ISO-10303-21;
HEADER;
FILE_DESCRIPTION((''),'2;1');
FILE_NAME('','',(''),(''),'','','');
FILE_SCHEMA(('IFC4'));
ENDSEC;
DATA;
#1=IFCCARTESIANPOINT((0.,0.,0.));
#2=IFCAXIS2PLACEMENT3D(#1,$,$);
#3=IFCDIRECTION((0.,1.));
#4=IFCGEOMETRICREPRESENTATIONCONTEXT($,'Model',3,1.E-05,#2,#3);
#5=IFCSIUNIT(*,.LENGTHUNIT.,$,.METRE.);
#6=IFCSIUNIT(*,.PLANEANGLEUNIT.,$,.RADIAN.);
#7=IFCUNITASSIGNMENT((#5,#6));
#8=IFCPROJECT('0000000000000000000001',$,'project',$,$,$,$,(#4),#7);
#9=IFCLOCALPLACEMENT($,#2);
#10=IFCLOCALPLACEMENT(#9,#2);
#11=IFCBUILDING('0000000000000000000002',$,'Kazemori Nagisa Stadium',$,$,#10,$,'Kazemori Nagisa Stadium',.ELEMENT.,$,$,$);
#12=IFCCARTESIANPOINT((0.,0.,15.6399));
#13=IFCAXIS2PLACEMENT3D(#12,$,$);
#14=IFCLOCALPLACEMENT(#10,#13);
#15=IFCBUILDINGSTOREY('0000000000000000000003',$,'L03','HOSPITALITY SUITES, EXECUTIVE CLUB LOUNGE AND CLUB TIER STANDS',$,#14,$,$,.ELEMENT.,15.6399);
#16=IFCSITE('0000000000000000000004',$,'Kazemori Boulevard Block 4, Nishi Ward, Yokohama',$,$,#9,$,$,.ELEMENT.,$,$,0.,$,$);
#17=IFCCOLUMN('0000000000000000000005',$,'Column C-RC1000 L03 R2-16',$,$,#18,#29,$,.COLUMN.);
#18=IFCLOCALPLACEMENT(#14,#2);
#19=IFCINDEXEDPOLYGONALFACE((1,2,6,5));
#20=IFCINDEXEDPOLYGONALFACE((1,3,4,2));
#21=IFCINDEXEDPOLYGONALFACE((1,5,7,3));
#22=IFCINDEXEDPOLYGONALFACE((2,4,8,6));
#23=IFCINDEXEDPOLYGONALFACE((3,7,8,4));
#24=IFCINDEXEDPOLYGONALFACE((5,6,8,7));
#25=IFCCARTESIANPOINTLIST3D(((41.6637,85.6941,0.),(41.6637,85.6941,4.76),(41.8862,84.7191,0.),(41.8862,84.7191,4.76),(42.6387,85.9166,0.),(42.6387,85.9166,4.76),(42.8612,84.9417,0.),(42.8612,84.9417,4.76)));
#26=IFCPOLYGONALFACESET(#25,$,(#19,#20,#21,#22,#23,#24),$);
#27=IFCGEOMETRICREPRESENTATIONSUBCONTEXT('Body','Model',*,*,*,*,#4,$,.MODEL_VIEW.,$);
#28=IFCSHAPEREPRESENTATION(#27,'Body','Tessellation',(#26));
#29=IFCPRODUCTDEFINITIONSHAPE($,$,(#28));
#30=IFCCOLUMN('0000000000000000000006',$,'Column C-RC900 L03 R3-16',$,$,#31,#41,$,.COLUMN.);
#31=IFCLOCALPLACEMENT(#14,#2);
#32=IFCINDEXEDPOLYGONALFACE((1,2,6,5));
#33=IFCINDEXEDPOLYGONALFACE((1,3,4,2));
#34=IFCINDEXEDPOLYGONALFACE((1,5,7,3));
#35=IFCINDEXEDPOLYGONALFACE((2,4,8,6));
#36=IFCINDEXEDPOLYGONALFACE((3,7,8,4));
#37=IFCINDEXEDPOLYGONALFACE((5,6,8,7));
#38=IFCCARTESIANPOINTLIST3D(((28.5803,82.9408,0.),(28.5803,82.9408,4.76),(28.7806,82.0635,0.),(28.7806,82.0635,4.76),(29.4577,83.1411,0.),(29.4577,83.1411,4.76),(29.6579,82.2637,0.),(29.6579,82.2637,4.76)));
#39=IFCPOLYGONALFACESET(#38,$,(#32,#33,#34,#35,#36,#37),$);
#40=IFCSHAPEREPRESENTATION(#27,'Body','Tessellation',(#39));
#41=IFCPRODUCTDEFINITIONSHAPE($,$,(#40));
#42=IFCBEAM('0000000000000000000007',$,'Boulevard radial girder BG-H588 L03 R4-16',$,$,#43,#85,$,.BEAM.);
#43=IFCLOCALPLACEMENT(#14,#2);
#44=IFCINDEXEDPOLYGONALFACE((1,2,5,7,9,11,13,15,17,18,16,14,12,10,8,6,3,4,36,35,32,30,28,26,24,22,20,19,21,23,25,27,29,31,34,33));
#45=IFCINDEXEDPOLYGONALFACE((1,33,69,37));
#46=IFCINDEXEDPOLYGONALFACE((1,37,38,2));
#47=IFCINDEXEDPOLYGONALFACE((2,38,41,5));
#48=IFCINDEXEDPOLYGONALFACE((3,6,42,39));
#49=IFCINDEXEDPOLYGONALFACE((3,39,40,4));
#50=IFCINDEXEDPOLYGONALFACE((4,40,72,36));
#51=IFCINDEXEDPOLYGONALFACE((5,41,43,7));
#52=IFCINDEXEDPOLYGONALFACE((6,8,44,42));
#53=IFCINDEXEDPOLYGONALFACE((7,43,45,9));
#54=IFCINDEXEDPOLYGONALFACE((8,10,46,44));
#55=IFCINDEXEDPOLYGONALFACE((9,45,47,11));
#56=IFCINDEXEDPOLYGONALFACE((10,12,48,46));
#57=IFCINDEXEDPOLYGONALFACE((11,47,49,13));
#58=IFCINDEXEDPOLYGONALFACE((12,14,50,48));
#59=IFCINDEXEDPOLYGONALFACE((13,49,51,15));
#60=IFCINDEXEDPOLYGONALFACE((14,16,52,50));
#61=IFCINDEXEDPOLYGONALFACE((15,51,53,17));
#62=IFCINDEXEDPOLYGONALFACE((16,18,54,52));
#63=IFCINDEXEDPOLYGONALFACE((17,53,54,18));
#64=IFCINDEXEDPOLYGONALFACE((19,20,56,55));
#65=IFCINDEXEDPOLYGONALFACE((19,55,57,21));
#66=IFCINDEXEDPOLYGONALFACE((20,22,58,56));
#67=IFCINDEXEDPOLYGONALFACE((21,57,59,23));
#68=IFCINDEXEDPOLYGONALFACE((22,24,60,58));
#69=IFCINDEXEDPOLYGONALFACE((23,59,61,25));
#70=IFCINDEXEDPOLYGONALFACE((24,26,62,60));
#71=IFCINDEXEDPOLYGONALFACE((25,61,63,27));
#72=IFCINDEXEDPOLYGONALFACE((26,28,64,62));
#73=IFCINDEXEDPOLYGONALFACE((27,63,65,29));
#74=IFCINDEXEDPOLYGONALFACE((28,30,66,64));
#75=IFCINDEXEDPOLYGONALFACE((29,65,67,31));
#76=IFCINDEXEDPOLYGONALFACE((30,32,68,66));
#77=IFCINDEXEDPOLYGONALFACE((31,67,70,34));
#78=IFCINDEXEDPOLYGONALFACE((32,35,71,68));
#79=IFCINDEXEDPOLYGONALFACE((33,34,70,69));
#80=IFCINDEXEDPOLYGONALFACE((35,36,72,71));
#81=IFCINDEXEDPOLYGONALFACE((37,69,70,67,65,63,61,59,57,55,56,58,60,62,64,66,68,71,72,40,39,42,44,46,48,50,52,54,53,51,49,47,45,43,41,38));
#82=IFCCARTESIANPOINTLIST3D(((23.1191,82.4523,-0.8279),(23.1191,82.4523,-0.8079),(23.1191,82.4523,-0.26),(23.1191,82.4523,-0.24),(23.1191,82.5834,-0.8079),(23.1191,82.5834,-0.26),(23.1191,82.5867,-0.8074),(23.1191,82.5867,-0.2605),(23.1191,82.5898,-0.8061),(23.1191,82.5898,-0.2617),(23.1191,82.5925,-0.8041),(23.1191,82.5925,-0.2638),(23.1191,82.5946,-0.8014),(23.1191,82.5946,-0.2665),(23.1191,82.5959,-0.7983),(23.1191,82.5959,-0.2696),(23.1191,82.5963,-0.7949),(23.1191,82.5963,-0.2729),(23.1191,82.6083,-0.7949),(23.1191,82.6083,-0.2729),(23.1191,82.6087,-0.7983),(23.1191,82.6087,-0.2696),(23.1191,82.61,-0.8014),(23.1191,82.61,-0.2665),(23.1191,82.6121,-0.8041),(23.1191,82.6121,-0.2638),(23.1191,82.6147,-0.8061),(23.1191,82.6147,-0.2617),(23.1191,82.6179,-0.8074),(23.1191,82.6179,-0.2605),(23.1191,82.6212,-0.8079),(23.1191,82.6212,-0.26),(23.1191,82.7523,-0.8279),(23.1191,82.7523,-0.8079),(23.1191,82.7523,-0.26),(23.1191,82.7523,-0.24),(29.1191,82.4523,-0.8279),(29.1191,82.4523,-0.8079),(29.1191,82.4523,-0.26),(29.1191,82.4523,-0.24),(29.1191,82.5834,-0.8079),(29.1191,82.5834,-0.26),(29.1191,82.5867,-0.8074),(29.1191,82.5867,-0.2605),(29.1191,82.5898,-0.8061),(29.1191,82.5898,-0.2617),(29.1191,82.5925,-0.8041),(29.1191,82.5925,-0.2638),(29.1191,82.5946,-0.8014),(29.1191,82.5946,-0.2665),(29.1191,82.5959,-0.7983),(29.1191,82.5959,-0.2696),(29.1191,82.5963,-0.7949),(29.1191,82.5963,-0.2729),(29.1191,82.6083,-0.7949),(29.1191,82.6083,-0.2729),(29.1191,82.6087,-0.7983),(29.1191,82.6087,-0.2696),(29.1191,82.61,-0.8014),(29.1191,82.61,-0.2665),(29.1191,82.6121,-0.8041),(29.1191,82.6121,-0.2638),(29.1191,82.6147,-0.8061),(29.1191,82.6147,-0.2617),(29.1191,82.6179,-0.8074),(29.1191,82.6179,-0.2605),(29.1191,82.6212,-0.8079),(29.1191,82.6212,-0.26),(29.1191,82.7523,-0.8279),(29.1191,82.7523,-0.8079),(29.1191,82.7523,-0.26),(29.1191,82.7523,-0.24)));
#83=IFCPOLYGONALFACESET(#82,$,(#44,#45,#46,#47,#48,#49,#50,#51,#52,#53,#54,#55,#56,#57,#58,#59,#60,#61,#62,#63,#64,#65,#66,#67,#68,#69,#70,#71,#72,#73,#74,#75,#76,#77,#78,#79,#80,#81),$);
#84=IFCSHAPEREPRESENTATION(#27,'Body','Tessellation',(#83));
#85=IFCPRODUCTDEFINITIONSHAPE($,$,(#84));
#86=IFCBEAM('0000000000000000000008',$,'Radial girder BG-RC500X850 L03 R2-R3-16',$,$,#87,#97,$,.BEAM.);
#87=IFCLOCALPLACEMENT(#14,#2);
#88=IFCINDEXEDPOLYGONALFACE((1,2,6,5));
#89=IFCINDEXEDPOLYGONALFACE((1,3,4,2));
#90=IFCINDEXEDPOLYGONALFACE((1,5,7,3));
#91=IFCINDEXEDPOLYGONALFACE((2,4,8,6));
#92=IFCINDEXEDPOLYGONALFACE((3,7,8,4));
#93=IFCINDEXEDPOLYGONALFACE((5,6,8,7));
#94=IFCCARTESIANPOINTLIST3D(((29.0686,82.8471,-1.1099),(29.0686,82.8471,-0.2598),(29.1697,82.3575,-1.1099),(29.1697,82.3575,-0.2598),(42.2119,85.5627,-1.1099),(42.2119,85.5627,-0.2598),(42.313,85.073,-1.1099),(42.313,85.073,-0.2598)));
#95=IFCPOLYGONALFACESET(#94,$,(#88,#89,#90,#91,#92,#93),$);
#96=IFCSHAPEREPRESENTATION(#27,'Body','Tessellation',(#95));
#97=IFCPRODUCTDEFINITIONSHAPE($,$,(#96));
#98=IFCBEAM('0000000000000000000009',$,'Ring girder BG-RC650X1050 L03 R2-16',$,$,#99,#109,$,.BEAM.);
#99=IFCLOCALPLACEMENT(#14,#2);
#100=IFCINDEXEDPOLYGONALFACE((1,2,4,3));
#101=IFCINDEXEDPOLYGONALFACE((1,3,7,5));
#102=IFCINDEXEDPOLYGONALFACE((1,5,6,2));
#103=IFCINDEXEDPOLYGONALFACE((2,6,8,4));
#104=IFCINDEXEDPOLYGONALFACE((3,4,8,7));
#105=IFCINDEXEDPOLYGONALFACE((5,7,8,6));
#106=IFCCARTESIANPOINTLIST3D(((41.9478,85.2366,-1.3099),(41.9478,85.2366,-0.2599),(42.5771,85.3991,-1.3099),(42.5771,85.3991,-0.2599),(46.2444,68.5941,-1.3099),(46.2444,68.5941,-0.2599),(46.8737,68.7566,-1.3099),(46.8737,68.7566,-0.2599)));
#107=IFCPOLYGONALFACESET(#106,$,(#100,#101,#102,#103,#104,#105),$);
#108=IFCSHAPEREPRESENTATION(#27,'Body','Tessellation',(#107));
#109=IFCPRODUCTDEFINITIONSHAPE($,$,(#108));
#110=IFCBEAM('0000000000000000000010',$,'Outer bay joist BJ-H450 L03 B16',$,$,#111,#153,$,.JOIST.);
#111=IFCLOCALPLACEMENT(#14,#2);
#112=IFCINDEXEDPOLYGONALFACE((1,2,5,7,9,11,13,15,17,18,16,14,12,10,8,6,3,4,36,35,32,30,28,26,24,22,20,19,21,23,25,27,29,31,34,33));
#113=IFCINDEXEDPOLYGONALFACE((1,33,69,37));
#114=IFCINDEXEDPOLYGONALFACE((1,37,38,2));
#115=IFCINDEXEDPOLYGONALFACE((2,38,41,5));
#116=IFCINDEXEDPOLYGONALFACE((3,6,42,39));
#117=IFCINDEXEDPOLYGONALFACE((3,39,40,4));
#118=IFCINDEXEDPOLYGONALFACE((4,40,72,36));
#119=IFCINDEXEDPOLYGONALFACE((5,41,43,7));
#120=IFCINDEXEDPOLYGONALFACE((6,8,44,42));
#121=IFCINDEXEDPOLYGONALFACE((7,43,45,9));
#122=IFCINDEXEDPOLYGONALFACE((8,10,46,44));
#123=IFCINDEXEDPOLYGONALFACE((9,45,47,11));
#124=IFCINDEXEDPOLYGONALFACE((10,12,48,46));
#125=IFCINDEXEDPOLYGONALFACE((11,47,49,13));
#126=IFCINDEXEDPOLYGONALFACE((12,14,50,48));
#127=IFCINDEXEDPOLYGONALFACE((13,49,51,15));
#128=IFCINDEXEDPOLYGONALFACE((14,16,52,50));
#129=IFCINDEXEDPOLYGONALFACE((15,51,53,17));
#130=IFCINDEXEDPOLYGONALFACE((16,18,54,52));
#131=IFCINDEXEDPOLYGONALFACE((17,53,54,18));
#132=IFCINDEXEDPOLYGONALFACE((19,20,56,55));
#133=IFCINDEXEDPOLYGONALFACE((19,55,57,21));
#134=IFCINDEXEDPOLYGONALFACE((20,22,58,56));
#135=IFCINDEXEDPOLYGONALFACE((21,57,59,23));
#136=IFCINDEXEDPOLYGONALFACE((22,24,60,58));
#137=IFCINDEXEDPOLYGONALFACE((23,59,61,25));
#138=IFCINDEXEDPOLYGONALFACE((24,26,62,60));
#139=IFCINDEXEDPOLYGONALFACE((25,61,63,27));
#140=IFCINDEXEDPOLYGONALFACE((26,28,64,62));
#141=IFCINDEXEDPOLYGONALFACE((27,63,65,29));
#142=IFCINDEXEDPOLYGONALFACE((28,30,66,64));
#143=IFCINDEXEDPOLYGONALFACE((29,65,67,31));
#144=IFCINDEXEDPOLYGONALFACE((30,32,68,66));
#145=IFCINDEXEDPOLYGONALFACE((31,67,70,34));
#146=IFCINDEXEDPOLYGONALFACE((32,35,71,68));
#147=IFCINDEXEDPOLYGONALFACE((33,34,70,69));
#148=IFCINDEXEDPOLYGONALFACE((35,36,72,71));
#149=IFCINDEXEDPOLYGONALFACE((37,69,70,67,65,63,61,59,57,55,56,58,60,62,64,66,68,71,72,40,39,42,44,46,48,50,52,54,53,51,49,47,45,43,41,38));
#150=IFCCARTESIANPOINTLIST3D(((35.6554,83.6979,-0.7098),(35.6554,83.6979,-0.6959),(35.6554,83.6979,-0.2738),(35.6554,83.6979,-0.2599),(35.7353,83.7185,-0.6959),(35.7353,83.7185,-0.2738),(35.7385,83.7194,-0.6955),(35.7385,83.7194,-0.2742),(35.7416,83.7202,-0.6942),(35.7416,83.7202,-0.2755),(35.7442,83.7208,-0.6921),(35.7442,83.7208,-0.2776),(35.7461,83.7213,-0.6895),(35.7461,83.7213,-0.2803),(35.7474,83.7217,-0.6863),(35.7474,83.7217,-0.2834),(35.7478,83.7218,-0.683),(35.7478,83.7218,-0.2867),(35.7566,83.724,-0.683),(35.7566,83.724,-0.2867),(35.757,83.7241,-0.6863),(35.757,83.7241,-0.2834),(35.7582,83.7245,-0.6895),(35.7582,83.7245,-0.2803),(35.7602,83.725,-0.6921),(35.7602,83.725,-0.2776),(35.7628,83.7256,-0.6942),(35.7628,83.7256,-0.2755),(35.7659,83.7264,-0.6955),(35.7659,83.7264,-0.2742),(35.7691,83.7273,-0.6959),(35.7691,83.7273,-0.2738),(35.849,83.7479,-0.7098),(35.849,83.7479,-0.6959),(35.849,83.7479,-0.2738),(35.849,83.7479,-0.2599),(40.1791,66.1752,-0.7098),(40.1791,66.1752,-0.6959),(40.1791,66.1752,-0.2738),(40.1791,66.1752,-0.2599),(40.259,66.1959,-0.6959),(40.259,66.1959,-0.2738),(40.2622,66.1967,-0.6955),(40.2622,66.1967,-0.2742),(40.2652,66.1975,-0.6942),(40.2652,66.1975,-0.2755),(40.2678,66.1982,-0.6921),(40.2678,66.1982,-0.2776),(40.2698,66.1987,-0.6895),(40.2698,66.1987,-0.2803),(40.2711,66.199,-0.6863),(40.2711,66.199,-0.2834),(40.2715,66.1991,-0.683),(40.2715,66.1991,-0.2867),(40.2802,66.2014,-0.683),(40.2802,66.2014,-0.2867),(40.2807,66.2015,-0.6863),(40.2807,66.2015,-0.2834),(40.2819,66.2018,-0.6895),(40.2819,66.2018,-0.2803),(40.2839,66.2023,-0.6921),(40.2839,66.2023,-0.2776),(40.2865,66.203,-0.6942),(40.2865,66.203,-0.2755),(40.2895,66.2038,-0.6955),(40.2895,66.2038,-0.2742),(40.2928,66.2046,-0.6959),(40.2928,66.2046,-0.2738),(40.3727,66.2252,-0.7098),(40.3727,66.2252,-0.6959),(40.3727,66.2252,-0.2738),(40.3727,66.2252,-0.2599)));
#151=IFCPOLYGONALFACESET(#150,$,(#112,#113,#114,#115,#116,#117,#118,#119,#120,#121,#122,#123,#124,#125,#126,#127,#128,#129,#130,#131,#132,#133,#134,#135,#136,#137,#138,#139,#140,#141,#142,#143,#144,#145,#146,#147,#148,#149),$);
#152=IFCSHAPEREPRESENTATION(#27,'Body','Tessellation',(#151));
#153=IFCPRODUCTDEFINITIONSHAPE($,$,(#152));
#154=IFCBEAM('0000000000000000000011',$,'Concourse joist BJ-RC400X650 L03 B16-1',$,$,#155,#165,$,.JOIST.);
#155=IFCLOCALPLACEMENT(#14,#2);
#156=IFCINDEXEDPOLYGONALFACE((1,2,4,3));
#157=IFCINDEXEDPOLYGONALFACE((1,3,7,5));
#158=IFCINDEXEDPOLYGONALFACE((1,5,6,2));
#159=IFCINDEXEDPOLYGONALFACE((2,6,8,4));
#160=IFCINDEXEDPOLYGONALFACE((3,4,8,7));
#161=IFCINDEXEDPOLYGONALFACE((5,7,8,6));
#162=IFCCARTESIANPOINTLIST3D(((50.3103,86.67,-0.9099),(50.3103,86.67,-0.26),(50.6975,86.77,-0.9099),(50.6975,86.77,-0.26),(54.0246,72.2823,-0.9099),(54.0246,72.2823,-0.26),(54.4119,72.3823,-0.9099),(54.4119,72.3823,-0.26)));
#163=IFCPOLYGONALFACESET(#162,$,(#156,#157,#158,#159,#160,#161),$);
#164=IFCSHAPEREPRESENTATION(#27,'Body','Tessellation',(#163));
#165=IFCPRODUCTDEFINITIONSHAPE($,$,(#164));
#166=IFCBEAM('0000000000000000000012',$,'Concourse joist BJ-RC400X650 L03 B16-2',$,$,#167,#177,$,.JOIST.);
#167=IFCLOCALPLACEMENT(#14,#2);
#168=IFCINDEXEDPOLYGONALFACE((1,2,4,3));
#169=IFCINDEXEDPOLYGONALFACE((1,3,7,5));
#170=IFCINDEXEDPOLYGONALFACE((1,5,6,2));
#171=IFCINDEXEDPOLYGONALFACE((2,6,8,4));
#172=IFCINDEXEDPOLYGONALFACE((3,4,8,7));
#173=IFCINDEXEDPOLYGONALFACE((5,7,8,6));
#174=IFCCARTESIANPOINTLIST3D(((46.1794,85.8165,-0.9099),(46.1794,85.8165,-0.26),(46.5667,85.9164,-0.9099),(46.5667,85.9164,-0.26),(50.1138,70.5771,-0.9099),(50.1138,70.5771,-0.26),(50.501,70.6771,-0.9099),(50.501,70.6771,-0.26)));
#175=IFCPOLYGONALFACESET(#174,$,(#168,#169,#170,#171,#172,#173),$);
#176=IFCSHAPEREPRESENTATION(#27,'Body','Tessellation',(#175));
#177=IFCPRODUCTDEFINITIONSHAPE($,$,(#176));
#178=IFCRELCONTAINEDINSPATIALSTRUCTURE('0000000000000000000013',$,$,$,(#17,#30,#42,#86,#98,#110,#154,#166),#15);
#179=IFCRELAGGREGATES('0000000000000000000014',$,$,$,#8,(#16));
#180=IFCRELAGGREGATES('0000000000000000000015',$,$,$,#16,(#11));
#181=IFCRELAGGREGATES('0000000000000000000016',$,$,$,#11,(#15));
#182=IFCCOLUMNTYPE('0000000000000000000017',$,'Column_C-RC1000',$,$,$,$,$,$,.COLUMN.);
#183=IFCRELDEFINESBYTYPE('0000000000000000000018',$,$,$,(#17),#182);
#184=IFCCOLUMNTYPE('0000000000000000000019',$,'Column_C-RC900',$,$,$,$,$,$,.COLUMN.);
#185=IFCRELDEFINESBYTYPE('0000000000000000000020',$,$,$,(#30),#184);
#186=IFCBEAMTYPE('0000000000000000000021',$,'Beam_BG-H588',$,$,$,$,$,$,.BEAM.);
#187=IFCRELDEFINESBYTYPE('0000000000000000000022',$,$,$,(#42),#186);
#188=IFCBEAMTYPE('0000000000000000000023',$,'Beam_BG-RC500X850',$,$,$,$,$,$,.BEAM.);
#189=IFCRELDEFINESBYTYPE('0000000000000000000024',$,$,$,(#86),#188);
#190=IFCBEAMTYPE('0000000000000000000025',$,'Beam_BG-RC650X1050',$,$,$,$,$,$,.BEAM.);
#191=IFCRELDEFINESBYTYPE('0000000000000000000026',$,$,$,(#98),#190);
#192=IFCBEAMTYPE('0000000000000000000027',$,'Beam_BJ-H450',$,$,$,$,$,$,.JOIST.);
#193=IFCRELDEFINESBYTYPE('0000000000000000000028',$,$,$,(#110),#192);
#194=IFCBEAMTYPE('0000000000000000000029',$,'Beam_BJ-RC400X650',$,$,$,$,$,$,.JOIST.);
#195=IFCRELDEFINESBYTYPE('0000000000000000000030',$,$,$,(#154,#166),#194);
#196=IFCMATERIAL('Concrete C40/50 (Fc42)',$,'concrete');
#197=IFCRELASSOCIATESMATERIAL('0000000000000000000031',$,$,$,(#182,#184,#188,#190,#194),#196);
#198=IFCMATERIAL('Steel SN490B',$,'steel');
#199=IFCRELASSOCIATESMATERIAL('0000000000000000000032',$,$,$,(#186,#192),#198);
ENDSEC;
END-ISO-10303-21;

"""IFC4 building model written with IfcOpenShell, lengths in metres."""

from ifc_helpers import new_model, si_unit, direction, frame, origin, origin_2d, place, context, subcontext, project, spatial, rectangle, i_section, extrude, material, material_profile, profile_set, type_object, element, save


model = new_model("IFC4")

# Units and contexts
model_context = context("Model", 3, precision=1e-05, world=origin(), true_north=direction((0.0, 1.0)))
body_context = subcontext(model_context, "Body", "Model", "MODEL_VIEW")
ifc_project = project(units=[si_unit("LENGTHUNIT", "METRE"), si_unit("PLANEANGLEUNIT", "RADIAN")], contexts=[model_context])

# Site, building, storey
site_placement = place(None, origin())
site = spatial("IfcSite", under=ifc_project, at=site_placement, Name="Kazemori Boulevard Block 4, Nishi Ward, Yokohama", CompositionType="ELEMENT", RefElevation=0.0)
building_placement = place(site_placement, origin())
building = spatial("IfcBuilding", under=site, at=building_placement, Name="Kazemori Nagisa Stadium", LongName="Kazemori Nagisa Stadium", CompositionType="ELEMENT")
storey_placement = place(building_placement, frame((0.0, 0.0, 15.6399)))
storey = spatial("IfcBuildingStorey", under=building, at=storey_placement, Name="L03", Description="HOSPITALITY SUITES, EXECUTIVE CLUB LOUNGE AND CLUB TIER STANDS", CompositionType="ELEMENT", Elevation=15.6399)

# Columns
ifc_material_1 = material(Name="Concrete C40/50 (Fc42)", Category="concrete")
ifc_material_profile_1 = material_profile(ifc_material_1, rectangle(XDim=1.0, YDim=1.0, at=origin_2d()), Name="RC-COL-1000x1000")
ifc_profile_set_1 = profile_set([ifc_material_profile_1], Name="Concrete C40/50 (Fc42)")
column_type_1 = type_object("IfcColumnType", Name="Column_C-RC1000", PredefinedType="COLUMN", material=ifc_profile_set_1)
column_1_placement = place(storey_placement, frame((42.2625, 85.3179, 0.0), z_axis=(0.0, 0.0, 1.0), x_axis=(-0.974928, -0.222521, 0.0)))
element("IfcColumn", 1, at=column_1_placement, inside=storey, type_object=column_type_1, Name="Column C-RC1000 L03 R2-16", PredefinedType="COLUMN", context=body_context, shape_type="SweptSolid", body=[
    extrude(rectangle(XDim=1.0, YDim=1.0, at=origin_2d()), origin(), (0.0, 0.0, 1.0), 4.76),
])
ifc_material_profile_2 = material_profile(ifc_material_1, rectangle(XDim=0.8999, YDim=0.8999, at=origin_2d()), Name="RC-COL-900x900")
ifc_profile_set_2 = profile_set([ifc_material_profile_2], Name="Concrete C40/50 (Fc42)")
column_type_2 = type_object("IfcColumnType", Name="Column_C-RC900", PredefinedType="COLUMN", material=ifc_profile_set_2)
column_2_placement = place(storey_placement, frame((29.1191, 82.6023, 0.0), z_axis=(0.0, 0.0, 1.0), x_axis=(-0.974928, -0.222521, 0.0)))
element("IfcColumn", 2, at=column_2_placement, inside=storey, type_object=column_type_2, Name="Column C-RC900 L03 R3-16", PredefinedType="COLUMN", context=body_context, shape_type="SweptSolid", body=[
    extrude(rectangle(XDim=0.8999, YDim=0.8999, at=origin_2d()), origin(), (0.0, 0.0, 1.0), 4.76),
])

# Beams
ifc_material_2 = material(Name="Steel SN490B", Category="steel")
ifc_material_profile_3 = material_profile(ifc_material_2, i_section(OverallWidth=0.3, OverallDepth=0.5879, WebThickness=0.012, FlangeThickness=0.02, FilletRadius=0.0129, at=origin_2d()), Name="H-588x300x12x20")
ifc_profile_set_3 = profile_set([ifc_material_profile_3], Name="Steel SN490B")
beam_type_1 = type_object("IfcBeamType", Name="Beam_BG-H588", PredefinedType="BEAM", material=ifc_profile_set_3)
beam_1_placement = place(storey_placement, frame((29.1191, 82.6023, -0.5339), z_axis=(-1.0, 0.0, 0.0), x_axis=(0.0, -1.0, 0.0)))
element("IfcBeam", 3, at=beam_1_placement, inside=storey, type_object=beam_type_1, Name="Boulevard radial girder BG-H588 L03 R4-16", PredefinedType="BEAM", context=body_context, shape_type="SweptSolid", body=[
    extrude(i_section(OverallWidth=0.3, OverallDepth=0.5879, WebThickness=0.012, FlangeThickness=0.02, FilletRadius=0.0129, at=origin_2d()), origin(), (0.0, 0.0, 1.0), 6.0),
])
ifc_material_profile_4 = material_profile(ifc_material_1, rectangle(XDim=0.5, YDim=0.8501, at=origin_2d()), Name="RC-BM-500x850")
ifc_profile_set_4 = profile_set([ifc_material_profile_4], Name="Concrete C40/50 (Fc42)")
beam_type_2 = type_object("IfcBeamType", Name="Beam_BG-RC500X850", PredefinedType="BEAM", material=ifc_profile_set_4)
beam_2_placement = place(storey_placement, frame((42.2625, 85.3179, -0.6848), z_axis=(-0.979316, -0.202339, 0.0), x_axis=(0.202339, -0.979316, 0.0)))
element("IfcBeam", 4, at=beam_2_placement, inside=storey, type_object=beam_type_2, Name="Radial girder BG-RC500X850 L03 R2-R3-16", PredefinedType="BEAM", context=body_context, shape_type="SweptSolid", body=[
    extrude(rectangle(XDim=0.5, YDim=0.8501, at=origin_2d()), origin(), (0.0, 0.0, 1.0), 13.4209),
])
ifc_material_profile_5 = material_profile(ifc_material_1, rectangle(XDim=0.6499, YDim=1.05, at=origin_2d()), Name="RC-BM-650x1050")
ifc_profile_set_5 = profile_set([ifc_material_profile_5], Name="Concrete C40/50 (Fc42)")
beam_type_3 = type_object("IfcBeamType", Name="Beam_BG-RC650X1050", PredefinedType="BEAM", material=ifc_profile_set_5)
beam_3_placement = place(storey_placement, frame((42.2625, 85.3179, -0.7849), z_axis=(0.249975, -0.968252, 0.0), x_axis=(0.968252, 0.249975, 0.0)))
element("IfcBeam", 5, at=beam_3_placement, inside=storey, type_object=beam_type_3, Name="Ring girder BG-RC650X1050 L03 R2-16", PredefinedType="BEAM", context=body_context, shape_type="SweptSolid", body=[
    extrude(rectangle(XDim=0.6499, YDim=1.05, at=origin_2d()), origin(), (0.0, 0.0, 1.0), 17.1882),
])
ifc_material_profile_6 = material_profile(ifc_material_2, i_section(OverallWidth=0.2, OverallDepth=0.45, WebThickness=0.009, FlangeThickness=0.0139, FilletRadius=0.0129, at=origin_2d()), Name="H-450x200x9x14")
ifc_profile_set_6 = profile_set([ifc_material_profile_6], Name="Steel SN490B")
beam_type_4 = type_object("IfcBeamType", Name="Beam_BJ-H450", PredefinedType="JOIST", material=ifc_profile_set_6)
beam_4_placement = place(storey_placement, frame((35.7522, 83.7229, -0.4849), z_axis=(0.249966, -0.968255, 0.0), x_axis=(0.968255, 0.249966, 0.0)))
element("IfcBeam", 6, at=beam_4_placement, inside=storey, type_object=beam_type_4, Name="Outer bay joist BJ-H450 L03 B16", PredefinedType="JOIST", context=body_context, shape_type="SweptSolid", body=[
    extrude(i_section(OverallWidth=0.2, OverallDepth=0.45, WebThickness=0.009, FlangeThickness=0.0139, FilletRadius=0.0129, at=origin_2d()), origin(), (0.0, 0.0, 1.0), 18.0972),
])
ifc_material_profile_7 = material_profile(ifc_material_1, rectangle(XDim=0.3999, YDim=0.6499, at=origin_2d()), Name="RC-BM-400x650")
ifc_profile_set_7 = profile_set([ifc_material_profile_7], Name="Concrete C40/50 (Fc42)")
beam_type_5 = type_object("IfcBeamType", Name="Beam_BJ-RC400X650", PredefinedType="JOIST", material=ifc_profile_set_7)
beam_5_placement = place(storey_placement, frame((50.5039, 86.72, -0.585), z_axis=(0.249966, -0.968254, 0.0), x_axis=(0.968254, 0.249966, 0.0)))
element("IfcBeam", 7, at=beam_5_placement, inside=storey, type_object=beam_type_5, Name="Concourse joist BJ-RC400X650 L03 B16-1", PredefinedType="JOIST", context=body_context, shape_type="SweptSolid", body=[
    extrude(rectangle(XDim=0.3999, YDim=0.6499, at=origin_2d()), origin(), (0.0, 0.0, 1.0), 14.8594),
])
beam_6_placement = place(storey_placement, frame((46.373, 85.8665, -0.585), z_axis=(0.249974, -0.968252, 0.0), x_axis=(0.968252, 0.249974, 0.0)))
element("IfcBeam", 8, at=beam_6_placement, inside=storey, type_object=beam_type_5, Name="Concourse joist BJ-RC400X650 L03 B16-2", PredefinedType="JOIST", context=body_context, shape_type="SweptSolid", body=[
    extrude(rectangle(XDim=0.3999, YDim=0.6499, at=origin_2d()), origin(), (0.0, 0.0, 1.0), 15.739),
])

save(model, "model.ifc")
